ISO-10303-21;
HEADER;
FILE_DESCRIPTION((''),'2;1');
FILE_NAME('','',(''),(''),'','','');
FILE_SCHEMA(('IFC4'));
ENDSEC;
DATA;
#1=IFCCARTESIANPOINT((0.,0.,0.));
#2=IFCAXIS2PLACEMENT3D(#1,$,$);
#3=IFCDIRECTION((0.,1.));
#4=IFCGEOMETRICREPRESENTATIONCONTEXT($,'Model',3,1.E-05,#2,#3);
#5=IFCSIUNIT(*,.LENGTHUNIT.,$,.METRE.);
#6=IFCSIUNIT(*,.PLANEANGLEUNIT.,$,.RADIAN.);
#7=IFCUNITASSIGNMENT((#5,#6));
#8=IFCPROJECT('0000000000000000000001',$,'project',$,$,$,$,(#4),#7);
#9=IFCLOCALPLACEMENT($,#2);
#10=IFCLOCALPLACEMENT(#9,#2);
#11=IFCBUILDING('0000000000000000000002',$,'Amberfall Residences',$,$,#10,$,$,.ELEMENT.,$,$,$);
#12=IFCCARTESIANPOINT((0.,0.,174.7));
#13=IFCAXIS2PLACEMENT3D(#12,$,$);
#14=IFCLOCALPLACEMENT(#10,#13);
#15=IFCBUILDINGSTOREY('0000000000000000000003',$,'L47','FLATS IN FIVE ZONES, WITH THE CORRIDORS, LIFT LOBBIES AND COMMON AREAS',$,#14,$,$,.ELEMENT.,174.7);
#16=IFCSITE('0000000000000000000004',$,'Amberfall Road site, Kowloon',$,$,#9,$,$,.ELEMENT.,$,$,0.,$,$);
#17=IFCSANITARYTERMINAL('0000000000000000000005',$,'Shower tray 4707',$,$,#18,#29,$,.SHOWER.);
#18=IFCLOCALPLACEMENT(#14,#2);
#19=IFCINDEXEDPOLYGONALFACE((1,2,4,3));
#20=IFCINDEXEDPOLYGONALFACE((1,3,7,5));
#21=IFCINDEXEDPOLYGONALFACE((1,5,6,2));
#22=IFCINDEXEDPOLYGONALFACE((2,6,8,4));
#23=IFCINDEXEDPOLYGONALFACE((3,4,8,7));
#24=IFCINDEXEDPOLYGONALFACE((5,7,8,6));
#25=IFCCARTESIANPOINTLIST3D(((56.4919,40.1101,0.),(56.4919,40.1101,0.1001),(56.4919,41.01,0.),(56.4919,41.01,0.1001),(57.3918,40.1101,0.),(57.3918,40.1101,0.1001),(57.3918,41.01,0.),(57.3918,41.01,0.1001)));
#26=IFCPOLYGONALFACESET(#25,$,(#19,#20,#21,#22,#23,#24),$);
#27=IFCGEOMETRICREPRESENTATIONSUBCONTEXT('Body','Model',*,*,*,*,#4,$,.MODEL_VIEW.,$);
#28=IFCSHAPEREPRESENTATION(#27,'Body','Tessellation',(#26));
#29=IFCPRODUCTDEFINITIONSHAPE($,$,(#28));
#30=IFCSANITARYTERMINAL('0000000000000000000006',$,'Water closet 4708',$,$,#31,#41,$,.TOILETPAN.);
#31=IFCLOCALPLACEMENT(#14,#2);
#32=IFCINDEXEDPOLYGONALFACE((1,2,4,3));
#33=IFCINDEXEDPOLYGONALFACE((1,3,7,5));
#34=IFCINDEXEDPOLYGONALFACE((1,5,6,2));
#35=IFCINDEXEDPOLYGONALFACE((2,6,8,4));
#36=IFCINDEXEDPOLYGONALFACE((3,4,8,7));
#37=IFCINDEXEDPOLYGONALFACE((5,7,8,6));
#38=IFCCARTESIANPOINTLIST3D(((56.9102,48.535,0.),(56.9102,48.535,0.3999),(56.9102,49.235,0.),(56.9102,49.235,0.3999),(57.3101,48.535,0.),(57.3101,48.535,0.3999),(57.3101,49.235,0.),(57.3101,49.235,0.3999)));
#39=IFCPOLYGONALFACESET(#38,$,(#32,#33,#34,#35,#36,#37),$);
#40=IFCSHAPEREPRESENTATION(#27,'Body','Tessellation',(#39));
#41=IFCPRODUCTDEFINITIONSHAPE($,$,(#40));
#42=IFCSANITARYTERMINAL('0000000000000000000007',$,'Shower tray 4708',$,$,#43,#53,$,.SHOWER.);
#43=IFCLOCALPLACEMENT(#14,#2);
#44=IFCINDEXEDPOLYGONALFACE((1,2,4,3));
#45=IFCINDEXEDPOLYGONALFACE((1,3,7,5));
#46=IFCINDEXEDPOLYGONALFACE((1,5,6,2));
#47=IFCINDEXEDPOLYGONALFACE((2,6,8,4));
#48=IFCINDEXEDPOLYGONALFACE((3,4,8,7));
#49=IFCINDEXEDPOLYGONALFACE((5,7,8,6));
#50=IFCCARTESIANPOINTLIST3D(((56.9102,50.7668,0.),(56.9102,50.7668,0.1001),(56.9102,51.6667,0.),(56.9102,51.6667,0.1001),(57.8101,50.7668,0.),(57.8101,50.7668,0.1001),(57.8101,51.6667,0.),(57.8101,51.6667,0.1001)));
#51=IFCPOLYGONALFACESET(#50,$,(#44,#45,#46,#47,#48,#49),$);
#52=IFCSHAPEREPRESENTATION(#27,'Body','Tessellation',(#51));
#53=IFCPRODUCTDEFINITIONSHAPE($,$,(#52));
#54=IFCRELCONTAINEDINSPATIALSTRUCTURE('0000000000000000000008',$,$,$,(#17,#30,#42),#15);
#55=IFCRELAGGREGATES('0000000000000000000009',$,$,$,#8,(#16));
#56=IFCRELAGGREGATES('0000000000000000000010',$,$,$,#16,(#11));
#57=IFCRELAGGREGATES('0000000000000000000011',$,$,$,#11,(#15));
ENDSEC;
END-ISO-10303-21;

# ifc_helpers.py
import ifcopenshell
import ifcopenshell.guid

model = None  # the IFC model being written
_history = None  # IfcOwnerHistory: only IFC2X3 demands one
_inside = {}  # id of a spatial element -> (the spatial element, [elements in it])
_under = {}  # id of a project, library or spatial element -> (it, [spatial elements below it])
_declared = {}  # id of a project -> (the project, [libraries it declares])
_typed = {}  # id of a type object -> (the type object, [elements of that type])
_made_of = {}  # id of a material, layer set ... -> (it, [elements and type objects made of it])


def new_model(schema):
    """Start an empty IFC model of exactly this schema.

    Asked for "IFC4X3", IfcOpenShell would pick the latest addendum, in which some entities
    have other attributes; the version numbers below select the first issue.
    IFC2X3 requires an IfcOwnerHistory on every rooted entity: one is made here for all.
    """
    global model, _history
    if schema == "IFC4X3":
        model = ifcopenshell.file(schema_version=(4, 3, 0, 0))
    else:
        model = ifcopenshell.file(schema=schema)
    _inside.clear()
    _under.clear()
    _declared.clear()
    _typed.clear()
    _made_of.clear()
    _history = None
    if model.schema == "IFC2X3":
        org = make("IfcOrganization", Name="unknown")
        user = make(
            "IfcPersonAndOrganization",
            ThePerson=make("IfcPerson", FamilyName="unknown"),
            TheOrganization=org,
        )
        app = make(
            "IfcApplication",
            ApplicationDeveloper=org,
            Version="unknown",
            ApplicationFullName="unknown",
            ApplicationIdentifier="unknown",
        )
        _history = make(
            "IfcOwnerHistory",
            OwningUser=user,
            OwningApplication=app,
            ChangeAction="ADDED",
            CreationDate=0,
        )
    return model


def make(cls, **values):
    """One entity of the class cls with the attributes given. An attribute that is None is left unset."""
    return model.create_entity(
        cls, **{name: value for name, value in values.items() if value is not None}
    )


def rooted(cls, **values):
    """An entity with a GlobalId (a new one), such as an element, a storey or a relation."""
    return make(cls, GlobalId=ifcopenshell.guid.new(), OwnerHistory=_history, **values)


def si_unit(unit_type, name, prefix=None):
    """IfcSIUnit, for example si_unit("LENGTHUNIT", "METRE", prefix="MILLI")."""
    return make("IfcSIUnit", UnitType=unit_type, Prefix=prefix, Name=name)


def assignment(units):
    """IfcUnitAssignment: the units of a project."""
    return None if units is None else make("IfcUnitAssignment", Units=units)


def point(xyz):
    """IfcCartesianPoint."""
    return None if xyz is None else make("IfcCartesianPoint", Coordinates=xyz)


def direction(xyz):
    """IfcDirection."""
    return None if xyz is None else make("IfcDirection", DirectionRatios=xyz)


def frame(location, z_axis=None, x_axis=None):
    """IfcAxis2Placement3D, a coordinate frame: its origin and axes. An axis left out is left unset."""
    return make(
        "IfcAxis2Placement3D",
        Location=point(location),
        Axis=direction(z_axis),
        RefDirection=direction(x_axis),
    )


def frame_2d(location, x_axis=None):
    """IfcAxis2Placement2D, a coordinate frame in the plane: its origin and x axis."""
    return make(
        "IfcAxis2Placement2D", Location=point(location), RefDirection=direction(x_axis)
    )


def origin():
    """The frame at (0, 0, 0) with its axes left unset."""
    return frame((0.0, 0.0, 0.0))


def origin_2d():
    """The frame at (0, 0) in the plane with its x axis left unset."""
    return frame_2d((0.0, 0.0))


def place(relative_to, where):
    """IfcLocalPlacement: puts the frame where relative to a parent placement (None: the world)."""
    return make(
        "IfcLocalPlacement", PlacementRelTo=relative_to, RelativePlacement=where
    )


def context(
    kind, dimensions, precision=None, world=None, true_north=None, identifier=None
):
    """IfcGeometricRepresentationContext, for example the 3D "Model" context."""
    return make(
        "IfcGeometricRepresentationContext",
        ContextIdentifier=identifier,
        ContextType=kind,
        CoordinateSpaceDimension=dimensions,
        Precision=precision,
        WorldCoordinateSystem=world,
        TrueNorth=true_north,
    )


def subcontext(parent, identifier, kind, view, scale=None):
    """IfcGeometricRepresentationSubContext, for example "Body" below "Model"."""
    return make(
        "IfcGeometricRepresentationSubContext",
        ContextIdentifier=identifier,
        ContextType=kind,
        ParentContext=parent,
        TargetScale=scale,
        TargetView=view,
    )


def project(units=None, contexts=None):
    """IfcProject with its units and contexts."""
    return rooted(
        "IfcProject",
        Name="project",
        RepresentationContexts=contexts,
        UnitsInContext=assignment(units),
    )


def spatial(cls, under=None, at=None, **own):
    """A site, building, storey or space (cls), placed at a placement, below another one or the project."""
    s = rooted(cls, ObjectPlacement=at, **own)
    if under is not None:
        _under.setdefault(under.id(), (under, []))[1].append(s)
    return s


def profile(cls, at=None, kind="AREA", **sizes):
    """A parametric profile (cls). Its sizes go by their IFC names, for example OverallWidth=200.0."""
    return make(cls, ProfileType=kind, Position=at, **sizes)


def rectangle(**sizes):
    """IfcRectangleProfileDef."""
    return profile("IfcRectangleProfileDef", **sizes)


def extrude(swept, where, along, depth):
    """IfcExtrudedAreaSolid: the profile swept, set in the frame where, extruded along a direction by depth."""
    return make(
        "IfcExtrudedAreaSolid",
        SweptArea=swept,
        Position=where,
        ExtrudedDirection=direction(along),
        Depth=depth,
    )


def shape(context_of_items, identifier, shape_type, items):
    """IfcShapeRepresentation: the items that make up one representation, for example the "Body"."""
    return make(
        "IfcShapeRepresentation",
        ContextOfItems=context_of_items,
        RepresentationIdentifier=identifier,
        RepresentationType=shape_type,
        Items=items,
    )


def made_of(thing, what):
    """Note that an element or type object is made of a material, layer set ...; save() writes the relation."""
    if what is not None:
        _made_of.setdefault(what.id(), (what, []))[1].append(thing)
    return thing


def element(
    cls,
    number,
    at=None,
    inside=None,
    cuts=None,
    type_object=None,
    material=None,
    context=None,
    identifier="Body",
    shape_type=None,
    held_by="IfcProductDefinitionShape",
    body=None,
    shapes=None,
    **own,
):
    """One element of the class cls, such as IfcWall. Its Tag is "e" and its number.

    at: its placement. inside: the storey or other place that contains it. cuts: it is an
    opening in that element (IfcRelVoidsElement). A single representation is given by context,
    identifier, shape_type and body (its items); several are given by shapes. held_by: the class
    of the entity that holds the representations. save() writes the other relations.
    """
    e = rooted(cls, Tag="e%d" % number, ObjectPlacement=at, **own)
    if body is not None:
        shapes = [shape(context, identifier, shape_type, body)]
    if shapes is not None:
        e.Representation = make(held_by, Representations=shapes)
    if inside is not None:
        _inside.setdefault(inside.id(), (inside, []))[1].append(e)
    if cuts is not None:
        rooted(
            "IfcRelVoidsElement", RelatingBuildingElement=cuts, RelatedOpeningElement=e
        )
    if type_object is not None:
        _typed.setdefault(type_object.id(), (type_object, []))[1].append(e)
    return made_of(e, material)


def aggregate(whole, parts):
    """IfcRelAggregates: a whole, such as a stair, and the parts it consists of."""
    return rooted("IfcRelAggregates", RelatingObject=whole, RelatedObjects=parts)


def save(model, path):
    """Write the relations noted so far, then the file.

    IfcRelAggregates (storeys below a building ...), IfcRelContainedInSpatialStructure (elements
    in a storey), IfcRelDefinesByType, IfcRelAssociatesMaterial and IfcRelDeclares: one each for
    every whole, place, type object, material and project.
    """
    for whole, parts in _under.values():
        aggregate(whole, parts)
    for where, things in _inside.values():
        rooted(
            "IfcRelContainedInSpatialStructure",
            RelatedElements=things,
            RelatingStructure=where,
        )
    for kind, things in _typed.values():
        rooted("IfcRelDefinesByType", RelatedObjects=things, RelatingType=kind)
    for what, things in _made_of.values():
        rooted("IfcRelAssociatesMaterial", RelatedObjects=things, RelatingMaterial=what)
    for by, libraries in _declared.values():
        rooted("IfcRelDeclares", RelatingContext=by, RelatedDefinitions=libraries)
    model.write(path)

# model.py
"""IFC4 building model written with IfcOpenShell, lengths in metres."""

from ifc_helpers import new_model, si_unit, direction, frame, origin, origin_2d, place, context, subcontext, project, spatial, rectangle, extrude, element, save


model = new_model("IFC4")

# Units and contexts
model_context = context("Model", 3, precision=1e-05, world=origin(), true_north=direction((0.0, 1.0)))
body_context = subcontext(model_context, "Body", "Model", "MODEL_VIEW")
ifc_project = project(units=[si_unit("LENGTHUNIT", "METRE"), si_unit("PLANEANGLEUNIT", "RADIAN")], contexts=[model_context])

# Site, building, storey
site_placement = place(None, origin())
site = spatial("IfcSite", under=ifc_project, at=site_placement, Name="Amberfall Road site, Kowloon", CompositionType="ELEMENT", RefElevation=0.0)
building_placement = place(site_placement, origin())
building = spatial("IfcBuilding", under=site, at=building_placement, Name="Amberfall Residences", CompositionType="ELEMENT")
storey_placement = place(building_placement, frame((0.0, 0.0, 174.7)))
storey = spatial("IfcBuildingStorey", under=building, at=storey_placement, Name="L47", Description="FLATS IN FIVE ZONES, WITH THE CORRIDORS, LIFT LOBBIES AND COMMON AREAS", CompositionType="ELEMENT", Elevation=174.7)

# Sanitary terminals
sanitary_terminal_1_placement = place(storey_placement, frame((56.9419, 40.5601, 0.0), z_axis=(0.0, 0.0, 1.0), x_axis=(1.0, 0.0, 0.0)))
element("IfcSanitaryTerminal", 1, at=sanitary_terminal_1_placement, inside=storey, Name="Shower tray 4707", PredefinedType="SHOWER", context=body_context, shape_type="SweptSolid", body=[
    extrude(rectangle(XDim=0.8999, YDim=0.8999, at=origin_2d()), origin(), (0.0, 0.0, 1.0), 0.1001),
])
sanitary_terminal_2_placement = place(storey_placement, frame((57.1101, 48.885, 0.0), z_axis=(0.0, 0.0, 1.0), x_axis=(1.0, 0.0, 0.0)))
element("IfcSanitaryTerminal", 2, at=sanitary_terminal_2_placement, inside=storey, Name="Water closet 4708", PredefinedType="TOILETPAN", context=body_context, shape_type="SweptSolid", body=[
    extrude(rectangle(XDim=0.3999, YDim=0.7, at=origin_2d()), origin(), (0.0, 0.0, 1.0), 0.3999),
])
sanitary_terminal_3_placement = place(storey_placement, frame((57.3601, 51.2168, 0.0), z_axis=(0.0, 0.0, 1.0), x_axis=(1.0, 0.0, 0.0)))
element("IfcSanitaryTerminal", 3, at=sanitary_terminal_3_placement, inside=storey, Name="Shower tray 4708", PredefinedType="SHOWER", context=body_context, shape_type="SweptSolid", body=[
    extrude(rectangle(XDim=0.8999, YDim=0.8999, at=origin_2d()), origin(), (0.0, 0.0, 1.0), 0.1001),
])

save(model, "model.ifc")
